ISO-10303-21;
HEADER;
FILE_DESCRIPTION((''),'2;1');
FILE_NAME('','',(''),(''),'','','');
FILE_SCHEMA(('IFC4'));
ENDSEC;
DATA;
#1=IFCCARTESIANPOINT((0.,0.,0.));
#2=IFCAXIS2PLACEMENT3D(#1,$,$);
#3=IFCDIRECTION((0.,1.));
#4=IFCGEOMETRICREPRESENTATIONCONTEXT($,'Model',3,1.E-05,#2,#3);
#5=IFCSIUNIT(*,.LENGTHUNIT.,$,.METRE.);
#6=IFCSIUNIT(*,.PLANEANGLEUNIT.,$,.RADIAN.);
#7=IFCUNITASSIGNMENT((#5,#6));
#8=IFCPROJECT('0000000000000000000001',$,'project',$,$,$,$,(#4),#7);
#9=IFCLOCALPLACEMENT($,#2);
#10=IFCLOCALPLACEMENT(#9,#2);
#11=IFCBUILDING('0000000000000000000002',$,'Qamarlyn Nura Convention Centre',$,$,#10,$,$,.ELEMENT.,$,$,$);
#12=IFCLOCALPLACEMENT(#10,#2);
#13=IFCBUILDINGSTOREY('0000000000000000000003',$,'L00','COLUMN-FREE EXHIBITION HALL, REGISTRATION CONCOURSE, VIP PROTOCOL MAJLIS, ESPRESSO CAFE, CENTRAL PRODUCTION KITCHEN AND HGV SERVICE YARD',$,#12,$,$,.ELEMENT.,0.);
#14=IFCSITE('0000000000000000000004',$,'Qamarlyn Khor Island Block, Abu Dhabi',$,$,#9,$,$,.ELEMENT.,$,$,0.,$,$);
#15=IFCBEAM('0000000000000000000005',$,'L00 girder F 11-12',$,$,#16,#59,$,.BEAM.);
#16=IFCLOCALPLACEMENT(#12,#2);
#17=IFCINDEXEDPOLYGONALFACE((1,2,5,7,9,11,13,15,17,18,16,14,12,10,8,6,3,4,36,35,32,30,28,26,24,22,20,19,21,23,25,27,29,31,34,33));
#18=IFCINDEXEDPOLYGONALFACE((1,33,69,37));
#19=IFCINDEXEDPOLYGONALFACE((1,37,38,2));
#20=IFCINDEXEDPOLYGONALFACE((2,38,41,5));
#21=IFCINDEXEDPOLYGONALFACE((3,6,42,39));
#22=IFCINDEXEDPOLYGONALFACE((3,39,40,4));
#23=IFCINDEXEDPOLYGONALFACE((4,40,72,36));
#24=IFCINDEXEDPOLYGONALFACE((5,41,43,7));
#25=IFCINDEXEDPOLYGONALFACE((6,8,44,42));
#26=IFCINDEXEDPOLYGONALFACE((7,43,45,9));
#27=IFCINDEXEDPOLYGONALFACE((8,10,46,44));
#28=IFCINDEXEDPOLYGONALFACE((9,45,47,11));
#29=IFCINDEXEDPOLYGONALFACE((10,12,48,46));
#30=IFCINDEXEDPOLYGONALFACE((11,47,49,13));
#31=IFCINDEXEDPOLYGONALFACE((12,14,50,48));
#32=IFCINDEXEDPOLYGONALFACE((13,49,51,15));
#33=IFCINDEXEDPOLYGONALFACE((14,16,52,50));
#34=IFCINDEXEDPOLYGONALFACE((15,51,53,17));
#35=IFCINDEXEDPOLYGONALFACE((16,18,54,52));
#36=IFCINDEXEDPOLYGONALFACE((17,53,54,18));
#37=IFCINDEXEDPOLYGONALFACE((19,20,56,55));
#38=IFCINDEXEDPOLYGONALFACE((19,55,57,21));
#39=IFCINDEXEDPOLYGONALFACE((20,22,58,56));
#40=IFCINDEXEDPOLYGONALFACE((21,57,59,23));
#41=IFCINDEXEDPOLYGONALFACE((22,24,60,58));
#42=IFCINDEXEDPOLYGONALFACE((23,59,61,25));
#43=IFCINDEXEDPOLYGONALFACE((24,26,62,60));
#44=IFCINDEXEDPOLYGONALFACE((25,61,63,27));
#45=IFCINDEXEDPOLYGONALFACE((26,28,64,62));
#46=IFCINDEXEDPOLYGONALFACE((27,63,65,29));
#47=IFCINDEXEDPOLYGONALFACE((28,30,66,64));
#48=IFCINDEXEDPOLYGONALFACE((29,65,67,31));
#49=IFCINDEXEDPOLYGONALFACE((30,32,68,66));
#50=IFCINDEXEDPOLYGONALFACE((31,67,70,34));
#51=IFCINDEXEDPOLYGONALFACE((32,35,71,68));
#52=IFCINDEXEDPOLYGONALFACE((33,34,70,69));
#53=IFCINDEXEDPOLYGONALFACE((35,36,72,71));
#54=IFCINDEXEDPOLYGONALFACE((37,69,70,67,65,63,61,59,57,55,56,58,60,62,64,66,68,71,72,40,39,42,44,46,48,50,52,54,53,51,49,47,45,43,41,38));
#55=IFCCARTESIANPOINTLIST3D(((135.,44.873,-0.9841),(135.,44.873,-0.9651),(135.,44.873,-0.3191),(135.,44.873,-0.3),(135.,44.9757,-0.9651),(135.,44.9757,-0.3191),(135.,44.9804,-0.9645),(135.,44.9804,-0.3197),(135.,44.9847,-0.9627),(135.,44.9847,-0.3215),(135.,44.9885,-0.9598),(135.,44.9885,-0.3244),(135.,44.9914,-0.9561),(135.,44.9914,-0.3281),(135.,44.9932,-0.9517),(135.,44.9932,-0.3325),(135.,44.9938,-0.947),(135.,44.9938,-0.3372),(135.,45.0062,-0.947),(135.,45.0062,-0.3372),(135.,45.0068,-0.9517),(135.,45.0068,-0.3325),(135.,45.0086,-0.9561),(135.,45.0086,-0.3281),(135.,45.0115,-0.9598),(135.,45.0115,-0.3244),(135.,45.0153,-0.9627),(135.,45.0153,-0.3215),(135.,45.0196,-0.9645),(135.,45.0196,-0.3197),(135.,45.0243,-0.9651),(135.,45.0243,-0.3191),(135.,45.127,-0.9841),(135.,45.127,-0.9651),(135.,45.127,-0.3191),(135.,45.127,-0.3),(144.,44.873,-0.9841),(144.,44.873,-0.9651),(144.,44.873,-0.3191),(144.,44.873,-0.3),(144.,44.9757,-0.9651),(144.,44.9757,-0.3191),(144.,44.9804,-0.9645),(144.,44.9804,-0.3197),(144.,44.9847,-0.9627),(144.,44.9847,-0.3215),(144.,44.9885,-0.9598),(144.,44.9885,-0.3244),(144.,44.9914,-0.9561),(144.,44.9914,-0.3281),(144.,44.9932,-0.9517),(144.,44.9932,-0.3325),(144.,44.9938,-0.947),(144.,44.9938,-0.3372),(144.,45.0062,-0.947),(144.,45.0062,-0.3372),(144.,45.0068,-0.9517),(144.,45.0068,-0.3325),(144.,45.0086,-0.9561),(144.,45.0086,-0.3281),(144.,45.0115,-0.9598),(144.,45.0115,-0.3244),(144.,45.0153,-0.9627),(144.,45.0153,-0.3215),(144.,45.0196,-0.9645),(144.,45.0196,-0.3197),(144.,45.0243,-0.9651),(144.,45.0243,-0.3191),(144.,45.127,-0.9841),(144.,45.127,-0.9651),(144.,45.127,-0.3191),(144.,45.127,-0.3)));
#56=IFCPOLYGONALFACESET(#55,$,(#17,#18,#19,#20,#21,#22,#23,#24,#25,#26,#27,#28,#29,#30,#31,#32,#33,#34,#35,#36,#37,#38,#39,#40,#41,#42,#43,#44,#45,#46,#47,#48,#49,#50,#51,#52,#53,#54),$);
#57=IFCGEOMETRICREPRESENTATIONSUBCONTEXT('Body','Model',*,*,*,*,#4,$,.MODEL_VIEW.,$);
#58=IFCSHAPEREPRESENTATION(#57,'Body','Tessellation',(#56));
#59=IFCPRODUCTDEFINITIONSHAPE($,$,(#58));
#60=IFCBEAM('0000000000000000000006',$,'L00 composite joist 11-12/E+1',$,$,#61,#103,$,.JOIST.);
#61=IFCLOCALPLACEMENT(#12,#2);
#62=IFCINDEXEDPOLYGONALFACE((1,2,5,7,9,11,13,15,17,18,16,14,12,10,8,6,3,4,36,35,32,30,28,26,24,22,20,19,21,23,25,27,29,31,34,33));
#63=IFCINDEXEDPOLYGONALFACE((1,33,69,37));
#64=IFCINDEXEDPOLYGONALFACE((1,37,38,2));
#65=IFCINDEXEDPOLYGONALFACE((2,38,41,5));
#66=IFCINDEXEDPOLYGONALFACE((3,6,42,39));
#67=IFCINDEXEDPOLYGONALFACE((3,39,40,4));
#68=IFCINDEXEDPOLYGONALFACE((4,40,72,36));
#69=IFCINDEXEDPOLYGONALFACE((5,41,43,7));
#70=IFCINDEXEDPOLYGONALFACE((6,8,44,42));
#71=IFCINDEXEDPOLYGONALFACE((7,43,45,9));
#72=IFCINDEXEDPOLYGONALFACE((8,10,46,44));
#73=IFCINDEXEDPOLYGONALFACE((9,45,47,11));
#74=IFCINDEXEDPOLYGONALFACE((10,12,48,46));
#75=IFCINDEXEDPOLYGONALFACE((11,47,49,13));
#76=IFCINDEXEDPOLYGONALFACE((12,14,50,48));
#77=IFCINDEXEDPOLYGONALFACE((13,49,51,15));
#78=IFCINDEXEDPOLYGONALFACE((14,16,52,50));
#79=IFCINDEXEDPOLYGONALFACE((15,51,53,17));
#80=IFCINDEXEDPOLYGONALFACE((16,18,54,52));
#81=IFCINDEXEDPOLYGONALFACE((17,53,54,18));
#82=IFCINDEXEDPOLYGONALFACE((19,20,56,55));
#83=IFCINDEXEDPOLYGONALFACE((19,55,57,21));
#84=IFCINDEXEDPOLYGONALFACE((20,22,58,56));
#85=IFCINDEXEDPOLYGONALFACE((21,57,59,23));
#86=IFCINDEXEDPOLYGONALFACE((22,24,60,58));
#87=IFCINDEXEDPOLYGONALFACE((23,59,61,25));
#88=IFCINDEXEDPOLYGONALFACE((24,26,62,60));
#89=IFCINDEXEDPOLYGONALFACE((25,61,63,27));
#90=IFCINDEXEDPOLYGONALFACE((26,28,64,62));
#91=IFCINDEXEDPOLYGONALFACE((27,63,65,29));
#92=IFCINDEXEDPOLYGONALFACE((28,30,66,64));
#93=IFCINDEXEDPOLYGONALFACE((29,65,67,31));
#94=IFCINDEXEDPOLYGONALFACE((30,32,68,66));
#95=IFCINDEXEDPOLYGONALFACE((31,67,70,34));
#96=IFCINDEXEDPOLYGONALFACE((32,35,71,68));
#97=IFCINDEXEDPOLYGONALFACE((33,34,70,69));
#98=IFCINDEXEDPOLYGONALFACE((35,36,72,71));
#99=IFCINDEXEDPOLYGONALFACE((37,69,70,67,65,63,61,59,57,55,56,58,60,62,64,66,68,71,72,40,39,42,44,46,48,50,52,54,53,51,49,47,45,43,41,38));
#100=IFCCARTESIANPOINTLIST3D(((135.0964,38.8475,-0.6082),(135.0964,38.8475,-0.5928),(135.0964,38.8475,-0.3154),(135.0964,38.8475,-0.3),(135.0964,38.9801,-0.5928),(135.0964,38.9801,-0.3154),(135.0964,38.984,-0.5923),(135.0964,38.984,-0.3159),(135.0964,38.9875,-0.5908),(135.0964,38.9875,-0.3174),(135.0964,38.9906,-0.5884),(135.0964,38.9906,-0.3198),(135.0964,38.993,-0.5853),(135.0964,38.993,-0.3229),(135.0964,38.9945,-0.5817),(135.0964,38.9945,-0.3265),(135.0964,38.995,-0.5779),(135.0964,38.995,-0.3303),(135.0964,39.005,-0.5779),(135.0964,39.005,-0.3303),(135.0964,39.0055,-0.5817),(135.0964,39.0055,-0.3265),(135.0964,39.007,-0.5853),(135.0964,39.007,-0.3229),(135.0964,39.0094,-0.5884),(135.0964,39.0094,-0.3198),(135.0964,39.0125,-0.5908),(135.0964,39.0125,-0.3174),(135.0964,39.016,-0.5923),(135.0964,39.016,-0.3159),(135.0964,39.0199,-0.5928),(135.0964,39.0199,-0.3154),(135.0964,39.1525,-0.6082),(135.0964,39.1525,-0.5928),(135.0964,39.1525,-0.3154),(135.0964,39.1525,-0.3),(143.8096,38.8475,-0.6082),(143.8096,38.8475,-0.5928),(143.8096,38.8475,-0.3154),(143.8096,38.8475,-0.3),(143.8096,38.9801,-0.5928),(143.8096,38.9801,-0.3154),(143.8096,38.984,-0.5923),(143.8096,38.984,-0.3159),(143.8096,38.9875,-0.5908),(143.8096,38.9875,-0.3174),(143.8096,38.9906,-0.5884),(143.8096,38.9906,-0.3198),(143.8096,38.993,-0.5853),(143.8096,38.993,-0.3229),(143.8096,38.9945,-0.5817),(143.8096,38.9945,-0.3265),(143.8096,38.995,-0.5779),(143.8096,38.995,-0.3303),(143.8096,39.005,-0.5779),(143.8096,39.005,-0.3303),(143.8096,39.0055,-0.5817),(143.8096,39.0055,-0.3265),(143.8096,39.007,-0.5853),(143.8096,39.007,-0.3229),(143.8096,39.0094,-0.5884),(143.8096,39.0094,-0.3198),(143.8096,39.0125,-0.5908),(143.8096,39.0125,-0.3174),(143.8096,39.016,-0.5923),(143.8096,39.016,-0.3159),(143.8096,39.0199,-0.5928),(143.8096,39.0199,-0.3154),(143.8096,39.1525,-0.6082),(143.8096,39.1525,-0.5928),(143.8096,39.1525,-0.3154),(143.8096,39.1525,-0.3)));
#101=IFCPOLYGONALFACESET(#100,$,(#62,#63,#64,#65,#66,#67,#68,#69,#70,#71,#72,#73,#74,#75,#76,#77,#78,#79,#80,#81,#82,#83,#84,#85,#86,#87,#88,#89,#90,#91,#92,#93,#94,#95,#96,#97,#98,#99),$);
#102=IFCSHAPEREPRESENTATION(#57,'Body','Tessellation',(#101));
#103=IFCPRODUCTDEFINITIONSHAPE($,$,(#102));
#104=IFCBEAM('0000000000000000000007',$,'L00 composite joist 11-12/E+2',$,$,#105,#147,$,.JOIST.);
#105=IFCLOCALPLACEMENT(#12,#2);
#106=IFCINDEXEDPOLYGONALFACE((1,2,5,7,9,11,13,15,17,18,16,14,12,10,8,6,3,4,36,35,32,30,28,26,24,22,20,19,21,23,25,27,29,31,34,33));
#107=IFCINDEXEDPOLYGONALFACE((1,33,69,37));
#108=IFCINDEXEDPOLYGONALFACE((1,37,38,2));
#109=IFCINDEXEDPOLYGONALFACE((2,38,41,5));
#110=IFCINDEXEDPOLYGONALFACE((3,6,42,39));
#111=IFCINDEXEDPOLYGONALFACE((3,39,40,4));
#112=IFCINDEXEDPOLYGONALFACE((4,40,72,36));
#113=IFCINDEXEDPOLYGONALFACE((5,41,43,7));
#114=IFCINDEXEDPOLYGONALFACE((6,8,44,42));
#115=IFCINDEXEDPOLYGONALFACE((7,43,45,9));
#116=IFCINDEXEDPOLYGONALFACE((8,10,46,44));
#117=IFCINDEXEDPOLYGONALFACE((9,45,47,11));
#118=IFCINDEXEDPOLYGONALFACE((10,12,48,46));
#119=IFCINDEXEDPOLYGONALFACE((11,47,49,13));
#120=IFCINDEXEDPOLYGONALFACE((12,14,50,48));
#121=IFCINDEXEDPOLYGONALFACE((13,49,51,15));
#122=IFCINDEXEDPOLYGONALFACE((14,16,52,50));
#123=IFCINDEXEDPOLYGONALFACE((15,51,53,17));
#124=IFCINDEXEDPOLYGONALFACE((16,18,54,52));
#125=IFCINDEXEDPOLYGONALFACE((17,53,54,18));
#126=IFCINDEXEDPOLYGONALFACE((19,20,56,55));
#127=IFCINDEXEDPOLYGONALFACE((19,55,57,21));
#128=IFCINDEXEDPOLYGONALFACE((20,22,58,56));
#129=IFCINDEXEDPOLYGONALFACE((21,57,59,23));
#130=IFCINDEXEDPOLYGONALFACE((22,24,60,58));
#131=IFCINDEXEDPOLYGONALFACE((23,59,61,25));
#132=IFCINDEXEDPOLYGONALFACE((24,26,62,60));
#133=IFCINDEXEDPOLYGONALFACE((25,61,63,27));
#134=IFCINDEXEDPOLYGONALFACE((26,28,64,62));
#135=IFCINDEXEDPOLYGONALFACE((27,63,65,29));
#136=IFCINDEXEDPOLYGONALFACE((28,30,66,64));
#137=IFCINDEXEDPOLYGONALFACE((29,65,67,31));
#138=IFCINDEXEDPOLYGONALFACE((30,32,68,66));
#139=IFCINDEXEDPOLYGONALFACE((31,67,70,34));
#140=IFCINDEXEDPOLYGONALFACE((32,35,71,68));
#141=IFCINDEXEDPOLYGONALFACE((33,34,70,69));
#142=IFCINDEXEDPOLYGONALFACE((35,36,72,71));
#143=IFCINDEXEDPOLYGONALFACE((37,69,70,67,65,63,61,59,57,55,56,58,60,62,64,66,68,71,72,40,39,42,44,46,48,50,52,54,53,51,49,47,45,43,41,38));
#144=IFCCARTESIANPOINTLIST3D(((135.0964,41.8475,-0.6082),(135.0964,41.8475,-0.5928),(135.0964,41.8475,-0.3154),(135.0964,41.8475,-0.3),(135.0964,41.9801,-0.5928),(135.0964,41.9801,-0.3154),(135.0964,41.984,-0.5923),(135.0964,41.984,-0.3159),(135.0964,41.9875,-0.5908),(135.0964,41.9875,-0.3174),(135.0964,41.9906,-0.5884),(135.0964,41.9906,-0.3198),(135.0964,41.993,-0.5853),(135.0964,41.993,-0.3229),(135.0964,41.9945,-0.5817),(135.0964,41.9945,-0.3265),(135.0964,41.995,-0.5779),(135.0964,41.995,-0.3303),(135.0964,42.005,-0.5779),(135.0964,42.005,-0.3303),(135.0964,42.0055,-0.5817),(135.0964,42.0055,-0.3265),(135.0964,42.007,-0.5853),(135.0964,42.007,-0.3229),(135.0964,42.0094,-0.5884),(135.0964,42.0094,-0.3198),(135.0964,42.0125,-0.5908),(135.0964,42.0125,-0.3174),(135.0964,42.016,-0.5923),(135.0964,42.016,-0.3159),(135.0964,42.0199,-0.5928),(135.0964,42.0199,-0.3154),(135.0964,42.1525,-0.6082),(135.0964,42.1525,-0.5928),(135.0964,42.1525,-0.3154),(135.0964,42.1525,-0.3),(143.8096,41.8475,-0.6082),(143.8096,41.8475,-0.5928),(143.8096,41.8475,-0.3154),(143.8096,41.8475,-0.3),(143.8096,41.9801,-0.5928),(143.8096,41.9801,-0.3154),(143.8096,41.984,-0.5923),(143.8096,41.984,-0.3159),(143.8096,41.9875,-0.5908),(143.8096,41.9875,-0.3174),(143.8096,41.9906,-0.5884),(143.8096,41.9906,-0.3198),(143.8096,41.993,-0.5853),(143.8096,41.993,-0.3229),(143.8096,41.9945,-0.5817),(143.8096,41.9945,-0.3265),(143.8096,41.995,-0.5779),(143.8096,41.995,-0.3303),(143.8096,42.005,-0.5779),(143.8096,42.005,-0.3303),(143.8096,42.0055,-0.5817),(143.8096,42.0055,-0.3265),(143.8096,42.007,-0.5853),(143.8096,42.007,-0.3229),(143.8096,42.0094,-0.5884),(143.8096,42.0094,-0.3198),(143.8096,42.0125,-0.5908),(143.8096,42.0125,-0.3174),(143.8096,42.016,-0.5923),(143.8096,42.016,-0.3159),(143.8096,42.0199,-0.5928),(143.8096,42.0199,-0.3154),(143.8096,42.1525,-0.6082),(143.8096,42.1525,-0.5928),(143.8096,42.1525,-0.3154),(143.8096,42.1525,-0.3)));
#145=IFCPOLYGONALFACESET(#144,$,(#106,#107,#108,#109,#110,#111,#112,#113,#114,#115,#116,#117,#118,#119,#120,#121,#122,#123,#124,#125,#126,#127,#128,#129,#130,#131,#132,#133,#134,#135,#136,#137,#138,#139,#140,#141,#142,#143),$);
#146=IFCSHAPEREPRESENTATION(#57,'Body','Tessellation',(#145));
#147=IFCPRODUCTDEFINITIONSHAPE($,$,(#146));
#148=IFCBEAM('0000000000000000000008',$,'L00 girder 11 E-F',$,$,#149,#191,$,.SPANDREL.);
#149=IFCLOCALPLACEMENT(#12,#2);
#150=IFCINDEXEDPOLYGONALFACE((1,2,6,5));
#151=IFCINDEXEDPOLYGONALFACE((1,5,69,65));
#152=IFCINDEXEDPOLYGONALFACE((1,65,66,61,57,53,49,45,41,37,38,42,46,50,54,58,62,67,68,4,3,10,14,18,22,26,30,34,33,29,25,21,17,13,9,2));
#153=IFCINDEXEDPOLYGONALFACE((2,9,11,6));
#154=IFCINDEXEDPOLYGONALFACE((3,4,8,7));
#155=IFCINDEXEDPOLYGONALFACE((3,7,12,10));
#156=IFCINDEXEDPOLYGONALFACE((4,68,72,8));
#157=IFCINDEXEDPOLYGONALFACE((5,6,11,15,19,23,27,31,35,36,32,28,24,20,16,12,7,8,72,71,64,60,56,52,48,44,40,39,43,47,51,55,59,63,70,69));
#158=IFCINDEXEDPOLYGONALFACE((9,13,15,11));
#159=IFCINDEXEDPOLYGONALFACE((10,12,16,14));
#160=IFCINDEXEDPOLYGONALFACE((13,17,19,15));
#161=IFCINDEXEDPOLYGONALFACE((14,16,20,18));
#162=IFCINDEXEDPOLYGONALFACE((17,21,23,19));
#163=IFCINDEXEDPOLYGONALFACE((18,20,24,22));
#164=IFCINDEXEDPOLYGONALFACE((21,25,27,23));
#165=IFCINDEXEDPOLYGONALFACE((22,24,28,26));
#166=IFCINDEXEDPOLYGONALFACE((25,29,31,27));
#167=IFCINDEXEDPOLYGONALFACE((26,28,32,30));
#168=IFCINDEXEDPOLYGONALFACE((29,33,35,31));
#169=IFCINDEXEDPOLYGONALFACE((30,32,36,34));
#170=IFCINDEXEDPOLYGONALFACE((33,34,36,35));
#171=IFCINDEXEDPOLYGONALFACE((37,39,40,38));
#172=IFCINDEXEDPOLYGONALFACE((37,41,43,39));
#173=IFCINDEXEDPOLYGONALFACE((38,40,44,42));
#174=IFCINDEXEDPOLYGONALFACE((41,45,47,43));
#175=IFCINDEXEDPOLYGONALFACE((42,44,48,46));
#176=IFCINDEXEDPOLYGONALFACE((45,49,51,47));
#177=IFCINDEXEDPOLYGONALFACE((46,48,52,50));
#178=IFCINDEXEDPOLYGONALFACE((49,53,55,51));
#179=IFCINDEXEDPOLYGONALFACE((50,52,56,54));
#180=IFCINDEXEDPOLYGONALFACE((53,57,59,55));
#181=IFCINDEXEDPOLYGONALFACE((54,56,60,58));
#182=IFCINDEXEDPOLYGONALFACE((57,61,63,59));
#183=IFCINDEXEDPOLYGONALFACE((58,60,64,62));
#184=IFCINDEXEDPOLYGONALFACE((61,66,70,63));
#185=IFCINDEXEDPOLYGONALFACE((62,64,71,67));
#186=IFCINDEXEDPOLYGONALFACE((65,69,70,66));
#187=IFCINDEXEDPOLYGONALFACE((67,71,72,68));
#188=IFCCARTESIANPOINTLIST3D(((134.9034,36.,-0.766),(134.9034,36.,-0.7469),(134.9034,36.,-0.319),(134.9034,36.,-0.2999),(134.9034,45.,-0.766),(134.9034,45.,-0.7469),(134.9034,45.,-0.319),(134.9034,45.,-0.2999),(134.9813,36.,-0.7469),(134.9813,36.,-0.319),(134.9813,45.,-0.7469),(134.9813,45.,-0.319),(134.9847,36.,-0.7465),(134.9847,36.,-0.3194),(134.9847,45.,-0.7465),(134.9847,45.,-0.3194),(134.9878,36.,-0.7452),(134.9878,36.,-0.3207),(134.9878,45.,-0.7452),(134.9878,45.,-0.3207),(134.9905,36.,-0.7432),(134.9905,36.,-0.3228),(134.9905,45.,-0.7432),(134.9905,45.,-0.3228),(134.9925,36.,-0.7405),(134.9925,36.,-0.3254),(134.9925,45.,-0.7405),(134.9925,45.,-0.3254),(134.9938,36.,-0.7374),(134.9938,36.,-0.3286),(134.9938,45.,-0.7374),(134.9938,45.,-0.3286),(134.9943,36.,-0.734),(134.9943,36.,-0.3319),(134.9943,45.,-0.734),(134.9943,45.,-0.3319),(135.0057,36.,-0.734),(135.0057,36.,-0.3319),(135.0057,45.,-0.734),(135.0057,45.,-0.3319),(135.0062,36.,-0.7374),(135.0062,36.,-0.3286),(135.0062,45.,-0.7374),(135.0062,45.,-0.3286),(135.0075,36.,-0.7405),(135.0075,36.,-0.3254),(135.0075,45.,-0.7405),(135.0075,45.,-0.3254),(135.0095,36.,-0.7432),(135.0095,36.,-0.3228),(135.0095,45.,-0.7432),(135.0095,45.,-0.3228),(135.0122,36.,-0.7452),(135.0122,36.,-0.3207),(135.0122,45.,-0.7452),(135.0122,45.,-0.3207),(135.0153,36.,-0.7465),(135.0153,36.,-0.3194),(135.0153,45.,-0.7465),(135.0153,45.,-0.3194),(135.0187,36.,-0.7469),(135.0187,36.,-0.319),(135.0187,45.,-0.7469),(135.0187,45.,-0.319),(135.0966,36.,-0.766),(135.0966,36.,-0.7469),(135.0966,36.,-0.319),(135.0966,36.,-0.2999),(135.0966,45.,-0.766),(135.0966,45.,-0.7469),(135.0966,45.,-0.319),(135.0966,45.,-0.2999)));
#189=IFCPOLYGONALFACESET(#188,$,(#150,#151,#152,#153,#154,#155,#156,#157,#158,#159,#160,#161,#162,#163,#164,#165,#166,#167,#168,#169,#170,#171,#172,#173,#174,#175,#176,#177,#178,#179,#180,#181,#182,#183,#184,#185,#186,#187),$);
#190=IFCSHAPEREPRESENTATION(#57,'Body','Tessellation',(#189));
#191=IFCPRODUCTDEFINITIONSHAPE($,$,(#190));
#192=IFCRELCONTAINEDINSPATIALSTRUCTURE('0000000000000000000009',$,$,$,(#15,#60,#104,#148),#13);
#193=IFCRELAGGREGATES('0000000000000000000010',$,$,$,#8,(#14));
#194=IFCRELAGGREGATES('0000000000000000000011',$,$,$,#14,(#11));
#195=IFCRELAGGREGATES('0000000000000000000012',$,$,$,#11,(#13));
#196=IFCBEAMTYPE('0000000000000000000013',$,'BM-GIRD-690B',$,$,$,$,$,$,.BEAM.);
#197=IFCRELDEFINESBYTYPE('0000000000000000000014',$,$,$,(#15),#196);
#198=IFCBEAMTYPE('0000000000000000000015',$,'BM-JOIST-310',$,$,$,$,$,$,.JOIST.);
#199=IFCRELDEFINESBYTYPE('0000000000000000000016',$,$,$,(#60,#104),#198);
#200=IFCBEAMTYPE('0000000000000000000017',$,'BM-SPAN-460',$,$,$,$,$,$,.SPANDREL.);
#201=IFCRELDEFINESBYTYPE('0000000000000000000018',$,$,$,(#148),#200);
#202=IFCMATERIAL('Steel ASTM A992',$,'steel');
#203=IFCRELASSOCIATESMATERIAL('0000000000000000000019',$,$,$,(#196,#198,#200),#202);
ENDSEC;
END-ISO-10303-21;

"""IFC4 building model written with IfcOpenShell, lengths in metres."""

from ifc_helpers import new_model, si_unit, direction, frame, origin, origin_2d, place, context, subcontext, project, spatial, i_section, extrude, material, material_profile, profile_set, type_object, element, save


model = new_model("IFC4")

# Units and contexts
model_context = context("Model", 3, precision=1e-05, world=origin(), true_north=direction((0.0, 1.0)))
body_context = subcontext(model_context, "Body", "Model", "MODEL_VIEW")
ifc_project = project(units=[si_unit("LENGTHUNIT", "METRE"), si_unit("PLANEANGLEUNIT", "RADIAN")], contexts=[model_context])

# Site, building, storey
site_placement = place(None, origin())
site = spatial("IfcSite", under=ifc_project, at=site_placement, Name="Qamarlyn Khor Island Block, Abu Dhabi", CompositionType="ELEMENT", RefElevation=0.0)
building_placement = place(site_placement, origin())
building = spatial("IfcBuilding", under=site, at=building_placement, Name="Qamarlyn Nura Convention Centre", CompositionType="ELEMENT")
storey_placement = place(building_placement, origin())
storey = spatial("IfcBuildingStorey", under=building, at=storey_placement, Name="L00", Description="COLUMN-FREE EXHIBITION HALL, REGISTRATION CONCOURSE, VIP PROTOCOL MAJLIS, ESPRESSO CAFE, CENTRAL PRODUCTION KITCHEN AND HGV SERVICE YARD", CompositionType="ELEMENT", Elevation=0.0)

# Shared definitions
ifc_material_1 = material(Name="Steel ASTM A992", Category="steel")

# Beams
ifc_material_profile_1 = material_profile(ifc_material_1, i_section(OverallWidth=0.2539, OverallDepth=0.6841, WebThickness=0.0125, FlangeThickness=0.019, FilletRadius=0.0181, at=origin_2d()), Name="W690X140")
ifc_profile_set_1 = profile_set([ifc_material_profile_1], Name="Steel ASTM A992")
beam_type_1 = type_object("IfcBeamType", Name="BM-GIRD-690B", PredefinedType="BEAM", material=ifc_profile_set_1)
beam_1_placement = place(storey_placement, frame((135.0, 45.0, -0.6421), z_axis=(1.0, 0.0, 0.0), x_axis=(0.0, 1.0, 0.0)))
element("IfcBeam", 1, at=beam_1_placement, inside=storey, type_object=beam_type_1, Name="L00 girder F 11-12", PredefinedType="BEAM", context=body_context, shape_type="SweptSolid", body=[
    extrude(i_section(OverallWidth=0.2539, OverallDepth=0.6841, WebThickness=0.0125, FlangeThickness=0.019, FilletRadius=0.0181, at=origin_2d()), origin(), (0.0, 0.0, 1.0), 9.0),
])
ifc_material_profile_2 = material_profile(ifc_material_1, i_section(OverallWidth=0.3049, OverallDepth=0.3081, WebThickness=0.01, FlangeThickness=0.0154, FilletRadius=0.0149, at=origin_2d()), Name="W310X97")
ifc_profile_set_2 = profile_set([ifc_material_profile_2], Name="Steel ASTM A992")
beam_type_2 = type_object("IfcBeamType", Name="BM-JOIST-310", PredefinedType="JOIST", material=ifc_profile_set_2)
for number, where, z_axis, x_axis, name in (
    (2, (135.0964, 39.0, -0.4541), (1.0, 0.0, 0.0), (0.0, 1.0, 0.0), "L00 composite joist 11-12/E+1"),
    (3, (135.0964, 42.0, -0.4541), (1.0, 0.0, 0.0), (0.0, 1.0, 0.0), "L00 composite joist 11-12/E+2"),
):
    element("IfcBeam", number, at=place(storey_placement, frame(where, z_axis=z_axis, x_axis=x_axis)), inside=storey, type_object=beam_type_2, Name=name, PredefinedType="JOIST", context=body_context, shape_type="SweptSolid", body=[
        extrude(i_section(OverallWidth=0.3049, OverallDepth=0.3081, WebThickness=0.01, FlangeThickness=0.0154, FilletRadius=0.0149, at=origin_2d()), origin(), (0.0, 0.0, 1.0), 8.7131),
    ])
ifc_material_profile_3 = material_profile(ifc_material_1, i_section(OverallWidth=0.1931, OverallDepth=0.4661, WebThickness=0.0115, FlangeThickness=0.019, FilletRadius=0.0129, at=origin_2d()), Name="W460X97")
ifc_profile_set_3 = profile_set([ifc_material_profile_3], Name="Steel ASTM A992")
beam_type_3 = type_object("IfcBeamType", Name="BM-SPAN-460", PredefinedType="SPANDREL", material=ifc_profile_set_3)
beam_2_placement = place(storey_placement, frame((135.0, 36.0, -0.533), z_axis=(0.0, 1.0, 0.0), x_axis=(-1.0, 0.0, 0.0)))
element("IfcBeam", 4, at=beam_2_placement, inside=storey, type_object=beam_type_3, Name="L00 girder 11 E-F", PredefinedType="SPANDREL", context=body_context, shape_type="SweptSolid", body=[
    extrude(i_section(OverallWidth=0.1931, OverallDepth=0.4661, WebThickness=0.0115, FlangeThickness=0.019, FilletRadius=0.0129, at=origin_2d()), origin(), (0.0, 0.0, 1.0), 9.0),
])

save(model, "model.ifc")
